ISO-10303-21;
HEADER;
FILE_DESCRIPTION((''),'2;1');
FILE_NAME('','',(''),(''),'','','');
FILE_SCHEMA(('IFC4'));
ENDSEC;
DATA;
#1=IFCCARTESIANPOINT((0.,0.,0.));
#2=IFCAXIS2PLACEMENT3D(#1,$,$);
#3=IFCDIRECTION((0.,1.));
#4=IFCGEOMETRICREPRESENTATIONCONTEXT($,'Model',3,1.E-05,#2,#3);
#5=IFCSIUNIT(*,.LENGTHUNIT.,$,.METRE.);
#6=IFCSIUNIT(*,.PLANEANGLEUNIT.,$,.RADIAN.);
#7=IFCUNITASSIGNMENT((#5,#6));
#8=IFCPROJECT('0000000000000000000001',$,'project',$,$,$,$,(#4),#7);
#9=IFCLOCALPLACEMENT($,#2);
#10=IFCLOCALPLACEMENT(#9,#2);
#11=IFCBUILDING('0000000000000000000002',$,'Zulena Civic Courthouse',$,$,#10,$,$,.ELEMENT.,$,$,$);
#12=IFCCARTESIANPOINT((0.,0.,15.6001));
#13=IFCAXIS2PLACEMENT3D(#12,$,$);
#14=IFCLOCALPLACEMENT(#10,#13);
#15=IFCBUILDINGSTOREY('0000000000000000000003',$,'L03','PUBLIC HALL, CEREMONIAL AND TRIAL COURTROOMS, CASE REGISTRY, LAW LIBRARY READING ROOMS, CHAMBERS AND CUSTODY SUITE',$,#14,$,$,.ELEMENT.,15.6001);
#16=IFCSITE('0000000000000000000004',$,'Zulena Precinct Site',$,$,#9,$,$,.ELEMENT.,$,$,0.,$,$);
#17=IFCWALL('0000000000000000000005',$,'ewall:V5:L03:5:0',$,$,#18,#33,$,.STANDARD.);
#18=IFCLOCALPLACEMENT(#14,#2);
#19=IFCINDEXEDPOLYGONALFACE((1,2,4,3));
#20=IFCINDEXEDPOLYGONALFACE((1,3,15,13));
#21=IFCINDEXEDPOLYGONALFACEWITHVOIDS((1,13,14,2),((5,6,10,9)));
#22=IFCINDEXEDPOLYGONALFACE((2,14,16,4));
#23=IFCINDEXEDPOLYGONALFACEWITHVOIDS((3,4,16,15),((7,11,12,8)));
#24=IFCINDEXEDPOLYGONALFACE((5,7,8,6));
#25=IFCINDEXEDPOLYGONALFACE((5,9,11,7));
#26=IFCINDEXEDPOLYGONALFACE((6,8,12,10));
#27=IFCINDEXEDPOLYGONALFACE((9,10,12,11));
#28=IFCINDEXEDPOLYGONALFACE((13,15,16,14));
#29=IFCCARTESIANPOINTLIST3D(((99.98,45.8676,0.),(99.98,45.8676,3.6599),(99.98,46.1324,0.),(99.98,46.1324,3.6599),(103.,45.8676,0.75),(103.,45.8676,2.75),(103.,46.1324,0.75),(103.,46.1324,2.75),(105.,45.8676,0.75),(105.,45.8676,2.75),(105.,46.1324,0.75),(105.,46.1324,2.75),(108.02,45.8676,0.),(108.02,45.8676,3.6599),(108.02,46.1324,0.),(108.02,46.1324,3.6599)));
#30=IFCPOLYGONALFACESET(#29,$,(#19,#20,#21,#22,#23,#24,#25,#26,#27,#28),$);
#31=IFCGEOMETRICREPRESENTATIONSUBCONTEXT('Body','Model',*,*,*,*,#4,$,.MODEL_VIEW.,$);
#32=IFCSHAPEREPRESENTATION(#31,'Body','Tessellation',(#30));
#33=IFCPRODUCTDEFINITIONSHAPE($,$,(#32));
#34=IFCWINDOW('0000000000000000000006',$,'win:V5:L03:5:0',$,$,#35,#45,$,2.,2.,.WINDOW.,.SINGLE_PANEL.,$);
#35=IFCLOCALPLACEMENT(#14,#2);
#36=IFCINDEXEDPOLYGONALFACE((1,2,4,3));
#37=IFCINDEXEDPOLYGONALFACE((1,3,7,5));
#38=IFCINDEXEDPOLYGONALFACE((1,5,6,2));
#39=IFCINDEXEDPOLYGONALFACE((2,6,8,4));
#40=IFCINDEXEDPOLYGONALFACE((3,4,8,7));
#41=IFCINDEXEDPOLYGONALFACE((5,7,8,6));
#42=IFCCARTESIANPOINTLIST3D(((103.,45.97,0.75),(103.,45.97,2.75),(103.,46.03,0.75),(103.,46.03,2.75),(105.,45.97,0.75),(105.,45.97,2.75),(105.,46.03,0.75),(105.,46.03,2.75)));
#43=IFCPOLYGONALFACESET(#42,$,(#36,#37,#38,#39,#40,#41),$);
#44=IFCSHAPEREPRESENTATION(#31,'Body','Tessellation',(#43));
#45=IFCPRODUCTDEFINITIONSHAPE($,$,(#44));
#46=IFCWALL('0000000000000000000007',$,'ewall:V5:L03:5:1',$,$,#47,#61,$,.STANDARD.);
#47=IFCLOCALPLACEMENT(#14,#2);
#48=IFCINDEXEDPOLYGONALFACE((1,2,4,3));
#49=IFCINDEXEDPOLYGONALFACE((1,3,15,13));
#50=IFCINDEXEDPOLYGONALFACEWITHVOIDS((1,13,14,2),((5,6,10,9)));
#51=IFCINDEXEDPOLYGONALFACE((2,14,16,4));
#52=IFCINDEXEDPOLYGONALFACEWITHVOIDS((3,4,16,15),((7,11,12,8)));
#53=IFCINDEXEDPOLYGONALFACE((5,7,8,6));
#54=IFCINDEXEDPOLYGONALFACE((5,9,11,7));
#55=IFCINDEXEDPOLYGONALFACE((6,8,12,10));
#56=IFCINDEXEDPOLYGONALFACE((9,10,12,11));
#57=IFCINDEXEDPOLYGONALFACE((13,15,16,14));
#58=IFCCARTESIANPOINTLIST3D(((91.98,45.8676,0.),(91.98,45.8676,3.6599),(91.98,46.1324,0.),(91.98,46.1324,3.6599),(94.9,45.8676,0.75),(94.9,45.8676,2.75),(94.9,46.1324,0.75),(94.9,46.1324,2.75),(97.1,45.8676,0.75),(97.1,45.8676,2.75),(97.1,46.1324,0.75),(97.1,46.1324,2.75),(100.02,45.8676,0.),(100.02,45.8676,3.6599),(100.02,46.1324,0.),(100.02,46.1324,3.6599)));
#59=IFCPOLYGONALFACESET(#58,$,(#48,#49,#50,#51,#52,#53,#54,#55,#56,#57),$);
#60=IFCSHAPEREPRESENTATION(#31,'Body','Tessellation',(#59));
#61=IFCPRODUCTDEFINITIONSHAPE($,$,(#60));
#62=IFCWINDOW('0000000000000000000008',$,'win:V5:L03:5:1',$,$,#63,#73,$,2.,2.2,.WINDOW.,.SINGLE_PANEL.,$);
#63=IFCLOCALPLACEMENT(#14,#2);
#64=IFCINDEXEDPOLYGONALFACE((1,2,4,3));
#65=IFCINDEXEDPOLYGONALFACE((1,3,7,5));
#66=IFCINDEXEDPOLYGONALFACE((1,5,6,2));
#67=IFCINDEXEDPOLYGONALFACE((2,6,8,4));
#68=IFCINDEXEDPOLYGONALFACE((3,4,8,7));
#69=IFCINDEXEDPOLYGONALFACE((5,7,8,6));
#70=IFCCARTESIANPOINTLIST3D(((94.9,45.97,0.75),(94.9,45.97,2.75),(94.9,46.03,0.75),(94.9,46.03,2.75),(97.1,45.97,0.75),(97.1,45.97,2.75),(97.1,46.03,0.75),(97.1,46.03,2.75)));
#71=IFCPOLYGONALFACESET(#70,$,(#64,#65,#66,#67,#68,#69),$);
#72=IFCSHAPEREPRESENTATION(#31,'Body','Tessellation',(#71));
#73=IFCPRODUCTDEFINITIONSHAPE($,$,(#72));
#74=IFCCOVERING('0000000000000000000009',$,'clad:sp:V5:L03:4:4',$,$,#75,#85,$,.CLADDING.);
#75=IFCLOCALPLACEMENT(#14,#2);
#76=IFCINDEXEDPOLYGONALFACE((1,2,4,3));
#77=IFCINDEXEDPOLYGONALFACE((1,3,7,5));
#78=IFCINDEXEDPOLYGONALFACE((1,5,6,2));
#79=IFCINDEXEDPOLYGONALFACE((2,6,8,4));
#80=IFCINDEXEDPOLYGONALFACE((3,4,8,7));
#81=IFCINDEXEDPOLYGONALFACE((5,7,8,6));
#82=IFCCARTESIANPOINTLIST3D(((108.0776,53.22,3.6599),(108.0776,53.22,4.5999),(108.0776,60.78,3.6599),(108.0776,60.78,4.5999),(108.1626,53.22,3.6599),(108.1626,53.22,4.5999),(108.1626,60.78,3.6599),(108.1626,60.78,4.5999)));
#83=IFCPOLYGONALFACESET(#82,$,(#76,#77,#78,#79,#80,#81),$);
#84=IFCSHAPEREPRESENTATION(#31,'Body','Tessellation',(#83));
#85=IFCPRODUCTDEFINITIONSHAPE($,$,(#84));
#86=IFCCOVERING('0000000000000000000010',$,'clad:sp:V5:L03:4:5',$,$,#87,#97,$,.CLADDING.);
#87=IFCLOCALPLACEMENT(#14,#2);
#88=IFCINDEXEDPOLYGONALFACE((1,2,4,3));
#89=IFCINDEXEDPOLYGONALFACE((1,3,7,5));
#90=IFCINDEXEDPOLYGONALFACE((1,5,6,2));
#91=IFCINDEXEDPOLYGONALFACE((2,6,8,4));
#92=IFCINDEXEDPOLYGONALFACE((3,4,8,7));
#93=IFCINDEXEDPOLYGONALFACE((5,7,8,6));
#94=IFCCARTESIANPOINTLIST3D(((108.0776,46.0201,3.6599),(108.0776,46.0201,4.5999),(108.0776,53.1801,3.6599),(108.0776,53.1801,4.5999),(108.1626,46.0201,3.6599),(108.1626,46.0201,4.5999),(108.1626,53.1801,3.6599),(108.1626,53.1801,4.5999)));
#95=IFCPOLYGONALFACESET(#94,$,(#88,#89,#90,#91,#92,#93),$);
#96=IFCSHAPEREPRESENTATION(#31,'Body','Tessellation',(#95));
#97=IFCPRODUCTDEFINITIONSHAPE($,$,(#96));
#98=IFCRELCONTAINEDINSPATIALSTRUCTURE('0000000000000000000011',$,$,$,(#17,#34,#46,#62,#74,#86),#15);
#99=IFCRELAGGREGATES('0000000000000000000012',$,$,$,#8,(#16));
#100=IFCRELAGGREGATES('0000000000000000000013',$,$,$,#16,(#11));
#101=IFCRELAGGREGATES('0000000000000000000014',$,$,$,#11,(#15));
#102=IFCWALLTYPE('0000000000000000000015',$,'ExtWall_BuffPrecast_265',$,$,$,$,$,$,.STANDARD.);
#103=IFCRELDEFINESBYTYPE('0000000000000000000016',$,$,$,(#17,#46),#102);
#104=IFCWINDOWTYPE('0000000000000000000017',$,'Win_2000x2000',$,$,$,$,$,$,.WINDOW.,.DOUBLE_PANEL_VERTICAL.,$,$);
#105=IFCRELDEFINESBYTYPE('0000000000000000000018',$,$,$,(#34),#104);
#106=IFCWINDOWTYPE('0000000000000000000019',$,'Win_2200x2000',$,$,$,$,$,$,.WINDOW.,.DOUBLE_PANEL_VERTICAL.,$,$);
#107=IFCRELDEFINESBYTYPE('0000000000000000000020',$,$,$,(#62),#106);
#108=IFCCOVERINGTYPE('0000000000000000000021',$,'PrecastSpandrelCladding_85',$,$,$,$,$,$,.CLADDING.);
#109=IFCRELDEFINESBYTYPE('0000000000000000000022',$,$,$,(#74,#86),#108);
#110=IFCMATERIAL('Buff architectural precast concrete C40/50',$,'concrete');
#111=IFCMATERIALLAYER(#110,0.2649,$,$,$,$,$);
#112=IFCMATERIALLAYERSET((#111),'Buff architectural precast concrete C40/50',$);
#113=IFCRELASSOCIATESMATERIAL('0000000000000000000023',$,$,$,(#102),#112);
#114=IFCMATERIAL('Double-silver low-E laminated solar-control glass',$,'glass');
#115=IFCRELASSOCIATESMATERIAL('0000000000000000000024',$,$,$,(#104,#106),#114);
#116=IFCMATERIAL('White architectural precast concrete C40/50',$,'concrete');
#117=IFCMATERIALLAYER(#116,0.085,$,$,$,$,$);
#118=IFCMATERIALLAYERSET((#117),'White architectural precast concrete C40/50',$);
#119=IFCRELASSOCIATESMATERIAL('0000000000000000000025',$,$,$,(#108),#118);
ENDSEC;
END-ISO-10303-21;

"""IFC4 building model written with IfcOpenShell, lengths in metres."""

from ifc_helpers import new_model, si_unit, direction, frame, frame_2d, origin, origin_2d, place, context, subcontext, project, spatial, rectangle, extrude, material, layer, layer_set, type_object, element, fill, save


model = new_model("IFC4")

# Units and contexts
model_context = context("Model", 3, precision=1e-05, world=origin(), true_north=direction((0.0, 1.0)))
body_context = subcontext(model_context, "Body", "Model", "MODEL_VIEW")
ifc_project = project(units=[si_unit("LENGTHUNIT", "METRE"), si_unit("PLANEANGLEUNIT", "RADIAN")], contexts=[model_context])

# Site, building, storey
site_placement = place(None, origin())
site = spatial("IfcSite", under=ifc_project, at=site_placement, Name="Zulena Precinct Site", CompositionType="ELEMENT", RefElevation=0.0)
building_placement = place(site_placement, origin())
building = spatial("IfcBuilding", under=site, at=building_placement, Name="Zulena Civic Courthouse", CompositionType="ELEMENT")
storey_placement = place(building_placement, frame((0.0, 0.0, 15.6001)))
storey = spatial("IfcBuildingStorey", under=building, at=storey_placement, Name="L03", Description="PUBLIC HALL, CEREMONIAL AND TRIAL COURTROOMS, CASE REGISTRY, LAW LIBRARY READING ROOMS, CHAMBERS AND CUSTODY SUITE", CompositionType="ELEMENT", Elevation=15.6001)

# Walls, openings, windows
ifc_material_1 = material(Name="Buff architectural precast concrete C40/50", Category="concrete")
ifc_layer_1 = layer(ifc_material_1, 0.2649)
ifc_layer_set_1 = layer_set([ifc_layer_1], Name="Buff architectural precast concrete C40/50")
wall_type = type_object("IfcWallType", Name="ExtWall_BuffPrecast_265", PredefinedType="STANDARD", material=ifc_layer_set_1)
ifc_material_2 = material(Name="Double-silver low-E laminated solar-control glass", Category="glass")
wall_1_placement = place(storey_placement, frame((108.02, 46.0, 0.0), z_axis=(0.0, 0.0, 1.0), x_axis=(-1.0, 0.0, 0.0)))
wall_1 = element("IfcWall", 1, at=wall_1_placement, inside=storey, type_object=wall_type, Name="ewall:V5:L03:5:0", PredefinedType="STANDARD", context=body_context, shape_type="SweptSolid", body=[
    extrude(rectangle(XDim=8.04, YDim=0.2649, at=frame_2d((4.02, 0.0))), origin(), (0.0, 0.0, 1.0), 3.6599),
])
opening_1_placement = place(wall_1_placement, frame((3.02, 0.0, 0.75)))
opening_1 = element("IfcOpeningElement", 2, at=opening_1_placement, cuts=wall_1, PredefinedType="OPENING", context=body_context, shape_type="SweptSolid", body=[
    extrude(rectangle(XDim=2.0, YDim=2.0, at=frame_2d((1.0, 1.0))), frame((0.0, 0.1423, 0.0), z_axis=(0.0, -1.0, 0.0), x_axis=(1.0, 0.0, 0.0)), (0.0, 0.0, 1.0), 0.2849),
])
window_type_1 = type_object("IfcWindowType", Name="Win_2000x2000", PartitioningType="DOUBLE_PANEL_VERTICAL", PredefinedType="WINDOW", material=ifc_material_2)
window_1_placement = place(opening_1_placement, origin())
window_1 = element("IfcWindow", 3, at=window_1_placement, inside=storey, type_object=window_type_1, Name="win:V5:L03:5:0", OverallHeight=2.0, OverallWidth=2.0, PartitioningType="SINGLE_PANEL", PredefinedType="WINDOW", context=body_context, shape_type="SweptSolid", body=[
    extrude(rectangle(XDim=2.0, YDim=2.0, at=frame_2d((1.0, 1.0))), frame((0.0, 0.03, 0.0), z_axis=(0.0, -1.0, 0.0), x_axis=(1.0, 0.0, 0.0)), (0.0, 0.0, 1.0), 0.0601),
])
fill(opening_1, window_1)
wall_2_placement = place(storey_placement, frame((100.02, 46.0, 0.0), z_axis=(0.0, 0.0, 1.0), x_axis=(-1.0, 0.0, 0.0)))
wall_2 = element("IfcWall", 4, at=wall_2_placement, inside=storey, type_object=wall_type, Name="ewall:V5:L03:5:1", PredefinedType="STANDARD", context=body_context, shape_type="SweptSolid", body=[
    extrude(rectangle(XDim=8.04, YDim=0.2649, at=frame_2d((4.02, 0.0))), origin(), (0.0, 0.0, 1.0), 3.6599),
])
opening_2_placement = place(wall_2_placement, frame((2.9199, 0.0, 0.75)))
opening_2 = element("IfcOpeningElement", 5, at=opening_2_placement, cuts=wall_2, PredefinedType="OPENING", context=body_context, shape_type="SweptSolid", body=[
    extrude(rectangle(XDim=2.2, YDim=2.0, at=frame_2d((1.1001, 1.0))), frame((0.0, 0.1423, 0.0), z_axis=(0.0, -1.0, 0.0), x_axis=(1.0, 0.0, 0.0)), (0.0, 0.0, 1.0), 0.2849),
])
window_type_2 = type_object("IfcWindowType", Name="Win_2200x2000", PartitioningType="DOUBLE_PANEL_VERTICAL", PredefinedType="WINDOW", material=ifc_material_2)
window_2_placement = place(opening_2_placement, origin())
window_2 = element("IfcWindow", 6, at=window_2_placement, inside=storey, type_object=window_type_2, Name="win:V5:L03:5:1", OverallHeight=2.0, OverallWidth=2.2, PartitioningType="SINGLE_PANEL", PredefinedType="WINDOW", context=body_context, shape_type="SweptSolid", body=[
    extrude(rectangle(XDim=2.2, YDim=2.0, at=frame_2d((1.1001, 1.0))), frame((0.0, 0.03, 0.0), z_axis=(0.0, -1.0, 0.0), x_axis=(1.0, 0.0, 0.0)), (0.0, 0.0, 1.0), 0.0601),
])
fill(opening_2, window_2)

# Coverings
ifc_material_3 = material(Name="White architectural precast concrete C40/50", Category="concrete")
ifc_layer_2 = layer(ifc_material_3, 0.085)
ifc_layer_set_2 = layer_set([ifc_layer_2], Name="White architectural precast concrete C40/50")
covering_type = type_object("IfcCoveringType", Name="PrecastSpandrelCladding_85", PredefinedType="CLADDING", material=ifc_layer_set_2)
covering_1_placement = place(storey_placement, frame((108.1201, 57.0, 3.6599), z_axis=(0.0, 0.0, 1.0), x_axis=(0.0, -1.0, 0.0)))
element("IfcCovering", 7, at=covering_1_placement, inside=storey, type_object=covering_type, Name="clad:sp:V5:L03:4:4", PredefinedType="CLADDING", context=body_context, shape_type="SweptSolid", body=[
    extrude(rectangle(XDim=7.5601, YDim=0.085, at=origin_2d()), origin(), (0.0, 0.0, 1.0), 0.9399),
])
covering_2_placement = place(storey_placement, frame((108.1201, 49.6001, 3.6599), z_axis=(0.0, 0.0, 1.0), x_axis=(0.0, -1.0, 0.0)))
element("IfcCovering", 8, at=covering_2_placement, inside=storey, type_object=covering_type, Name="clad:sp:V5:L03:4:5", PredefinedType="CLADDING", context=body_context, shape_type="SweptSolid", body=[
    extrude(rectangle(XDim=7.1599, YDim=0.085, at=origin_2d()), origin(), (0.0, 0.0, 1.0), 0.9399),
])

save(model, "model.ifc")
